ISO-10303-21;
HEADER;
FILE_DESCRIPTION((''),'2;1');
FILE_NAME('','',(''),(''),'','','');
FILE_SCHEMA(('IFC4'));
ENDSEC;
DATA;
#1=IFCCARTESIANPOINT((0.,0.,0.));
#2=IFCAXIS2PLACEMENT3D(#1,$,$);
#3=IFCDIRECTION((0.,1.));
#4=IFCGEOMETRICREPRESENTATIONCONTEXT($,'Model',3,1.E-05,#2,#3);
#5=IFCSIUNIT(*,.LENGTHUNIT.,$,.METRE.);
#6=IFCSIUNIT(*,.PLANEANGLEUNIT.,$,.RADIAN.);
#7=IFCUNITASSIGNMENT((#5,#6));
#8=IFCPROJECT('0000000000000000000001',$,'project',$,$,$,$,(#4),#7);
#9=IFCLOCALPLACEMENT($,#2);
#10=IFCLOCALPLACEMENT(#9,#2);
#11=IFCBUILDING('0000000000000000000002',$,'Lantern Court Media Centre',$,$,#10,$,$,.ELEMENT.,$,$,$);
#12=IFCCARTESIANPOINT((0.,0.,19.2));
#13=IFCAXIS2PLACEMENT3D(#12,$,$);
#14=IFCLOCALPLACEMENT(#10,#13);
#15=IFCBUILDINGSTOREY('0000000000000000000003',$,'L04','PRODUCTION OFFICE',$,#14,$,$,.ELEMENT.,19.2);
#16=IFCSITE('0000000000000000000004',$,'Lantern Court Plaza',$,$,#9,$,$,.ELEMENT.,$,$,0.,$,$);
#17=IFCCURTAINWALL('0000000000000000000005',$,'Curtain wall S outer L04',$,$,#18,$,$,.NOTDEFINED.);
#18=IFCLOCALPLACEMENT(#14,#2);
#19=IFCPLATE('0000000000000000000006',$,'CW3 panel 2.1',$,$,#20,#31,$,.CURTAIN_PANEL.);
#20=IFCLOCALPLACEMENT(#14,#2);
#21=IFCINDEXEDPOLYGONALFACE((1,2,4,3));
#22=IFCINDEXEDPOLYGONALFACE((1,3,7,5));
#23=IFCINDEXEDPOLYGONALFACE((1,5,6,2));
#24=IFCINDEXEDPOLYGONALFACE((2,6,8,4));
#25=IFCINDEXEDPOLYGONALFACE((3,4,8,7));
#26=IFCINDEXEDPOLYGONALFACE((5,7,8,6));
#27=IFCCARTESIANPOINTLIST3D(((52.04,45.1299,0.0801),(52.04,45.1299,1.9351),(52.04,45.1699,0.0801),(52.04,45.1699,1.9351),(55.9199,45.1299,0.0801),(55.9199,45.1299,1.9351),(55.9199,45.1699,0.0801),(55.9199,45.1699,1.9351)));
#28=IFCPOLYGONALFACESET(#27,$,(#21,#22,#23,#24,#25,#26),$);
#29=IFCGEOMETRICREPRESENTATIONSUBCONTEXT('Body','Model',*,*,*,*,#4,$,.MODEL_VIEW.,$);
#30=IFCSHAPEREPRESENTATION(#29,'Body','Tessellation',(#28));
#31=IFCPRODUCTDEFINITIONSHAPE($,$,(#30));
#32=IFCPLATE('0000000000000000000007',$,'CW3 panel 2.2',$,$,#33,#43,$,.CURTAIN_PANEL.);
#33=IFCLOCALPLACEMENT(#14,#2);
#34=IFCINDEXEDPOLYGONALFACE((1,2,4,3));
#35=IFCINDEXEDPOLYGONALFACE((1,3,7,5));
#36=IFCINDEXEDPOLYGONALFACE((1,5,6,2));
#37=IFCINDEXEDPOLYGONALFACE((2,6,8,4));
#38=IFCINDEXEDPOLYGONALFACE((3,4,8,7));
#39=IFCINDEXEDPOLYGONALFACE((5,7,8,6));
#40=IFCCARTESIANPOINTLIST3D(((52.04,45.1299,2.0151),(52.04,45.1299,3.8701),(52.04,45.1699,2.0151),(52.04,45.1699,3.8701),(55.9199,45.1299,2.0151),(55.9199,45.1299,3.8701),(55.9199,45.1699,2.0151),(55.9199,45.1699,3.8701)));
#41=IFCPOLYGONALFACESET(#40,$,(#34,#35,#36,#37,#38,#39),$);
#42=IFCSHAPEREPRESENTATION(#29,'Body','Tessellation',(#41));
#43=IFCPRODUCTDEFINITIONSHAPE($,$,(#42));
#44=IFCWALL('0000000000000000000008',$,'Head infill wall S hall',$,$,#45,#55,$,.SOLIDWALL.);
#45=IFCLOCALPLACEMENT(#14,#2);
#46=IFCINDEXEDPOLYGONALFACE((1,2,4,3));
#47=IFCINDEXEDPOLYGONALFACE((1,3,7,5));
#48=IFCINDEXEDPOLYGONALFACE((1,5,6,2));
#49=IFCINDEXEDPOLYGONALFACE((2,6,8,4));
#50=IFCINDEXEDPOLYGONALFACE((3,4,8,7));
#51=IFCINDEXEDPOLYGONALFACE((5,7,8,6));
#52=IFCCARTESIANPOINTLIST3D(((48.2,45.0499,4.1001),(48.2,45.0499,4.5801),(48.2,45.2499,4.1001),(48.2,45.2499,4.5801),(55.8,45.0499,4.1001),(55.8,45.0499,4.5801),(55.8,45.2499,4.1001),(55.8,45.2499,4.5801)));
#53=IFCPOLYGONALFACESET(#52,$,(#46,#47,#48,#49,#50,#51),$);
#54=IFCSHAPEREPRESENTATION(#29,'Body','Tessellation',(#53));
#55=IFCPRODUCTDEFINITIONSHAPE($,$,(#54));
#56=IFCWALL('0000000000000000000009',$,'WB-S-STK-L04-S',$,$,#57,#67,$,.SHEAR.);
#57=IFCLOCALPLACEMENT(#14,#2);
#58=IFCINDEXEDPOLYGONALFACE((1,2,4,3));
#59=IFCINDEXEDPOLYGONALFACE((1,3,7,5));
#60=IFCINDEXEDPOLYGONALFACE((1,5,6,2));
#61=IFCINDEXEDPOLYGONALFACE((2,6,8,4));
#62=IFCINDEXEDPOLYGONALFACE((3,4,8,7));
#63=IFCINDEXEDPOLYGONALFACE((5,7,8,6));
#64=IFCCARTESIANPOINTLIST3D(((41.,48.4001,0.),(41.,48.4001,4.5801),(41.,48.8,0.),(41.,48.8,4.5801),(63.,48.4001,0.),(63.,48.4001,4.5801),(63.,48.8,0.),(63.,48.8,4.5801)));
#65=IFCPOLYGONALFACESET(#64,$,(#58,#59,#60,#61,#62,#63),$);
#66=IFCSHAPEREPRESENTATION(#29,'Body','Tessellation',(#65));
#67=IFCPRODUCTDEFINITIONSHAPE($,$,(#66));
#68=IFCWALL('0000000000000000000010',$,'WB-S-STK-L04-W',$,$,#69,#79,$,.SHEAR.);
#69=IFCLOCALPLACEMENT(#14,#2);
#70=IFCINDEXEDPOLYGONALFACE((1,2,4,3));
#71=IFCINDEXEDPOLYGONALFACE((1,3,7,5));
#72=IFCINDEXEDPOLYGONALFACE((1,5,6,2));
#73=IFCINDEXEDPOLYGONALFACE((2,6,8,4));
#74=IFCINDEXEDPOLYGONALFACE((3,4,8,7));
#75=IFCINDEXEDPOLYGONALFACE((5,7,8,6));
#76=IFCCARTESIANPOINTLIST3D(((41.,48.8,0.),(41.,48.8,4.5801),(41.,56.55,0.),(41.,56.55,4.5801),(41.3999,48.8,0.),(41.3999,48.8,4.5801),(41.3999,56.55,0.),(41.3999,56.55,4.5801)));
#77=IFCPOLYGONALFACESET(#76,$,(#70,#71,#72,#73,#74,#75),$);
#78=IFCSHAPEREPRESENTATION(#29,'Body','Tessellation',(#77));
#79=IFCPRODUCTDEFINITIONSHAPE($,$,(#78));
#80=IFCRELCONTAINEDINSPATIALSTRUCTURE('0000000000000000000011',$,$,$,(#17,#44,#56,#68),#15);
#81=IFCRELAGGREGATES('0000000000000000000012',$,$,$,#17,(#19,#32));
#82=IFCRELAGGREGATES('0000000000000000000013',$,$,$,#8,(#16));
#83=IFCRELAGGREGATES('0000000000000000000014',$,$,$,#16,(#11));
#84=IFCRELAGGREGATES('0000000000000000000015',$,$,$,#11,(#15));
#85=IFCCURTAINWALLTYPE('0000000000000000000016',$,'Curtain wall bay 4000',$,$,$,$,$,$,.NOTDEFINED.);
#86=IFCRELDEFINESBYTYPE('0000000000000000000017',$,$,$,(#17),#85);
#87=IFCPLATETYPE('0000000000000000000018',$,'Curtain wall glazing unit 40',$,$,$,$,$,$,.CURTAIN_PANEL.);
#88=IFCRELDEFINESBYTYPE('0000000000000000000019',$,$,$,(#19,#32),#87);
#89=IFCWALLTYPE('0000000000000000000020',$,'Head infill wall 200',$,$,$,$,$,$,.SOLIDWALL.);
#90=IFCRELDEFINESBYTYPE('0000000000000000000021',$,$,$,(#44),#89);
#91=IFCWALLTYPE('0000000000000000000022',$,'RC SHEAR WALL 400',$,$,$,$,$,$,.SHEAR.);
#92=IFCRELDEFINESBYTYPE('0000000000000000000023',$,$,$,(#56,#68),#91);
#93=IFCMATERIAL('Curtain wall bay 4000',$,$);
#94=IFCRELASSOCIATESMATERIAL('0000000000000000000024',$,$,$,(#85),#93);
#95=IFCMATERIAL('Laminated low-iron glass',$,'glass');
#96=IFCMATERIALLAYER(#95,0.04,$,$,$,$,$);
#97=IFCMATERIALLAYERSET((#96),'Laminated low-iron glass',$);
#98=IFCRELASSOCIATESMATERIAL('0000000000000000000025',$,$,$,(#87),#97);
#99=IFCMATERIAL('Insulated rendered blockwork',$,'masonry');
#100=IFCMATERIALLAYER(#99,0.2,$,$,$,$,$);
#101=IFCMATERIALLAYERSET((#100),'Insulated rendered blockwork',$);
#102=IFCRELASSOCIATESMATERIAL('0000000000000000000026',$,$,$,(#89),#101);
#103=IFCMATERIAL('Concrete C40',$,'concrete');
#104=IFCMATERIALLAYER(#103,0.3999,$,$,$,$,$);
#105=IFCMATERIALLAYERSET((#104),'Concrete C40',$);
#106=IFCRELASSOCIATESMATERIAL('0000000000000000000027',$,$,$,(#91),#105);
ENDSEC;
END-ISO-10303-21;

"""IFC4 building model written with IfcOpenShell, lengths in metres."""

from ifc_helpers import new_model, si_unit, direction, frame, frame_2d, origin, origin_2d, place, context, subcontext, project, spatial, rectangle, extrude, material, layer, layer_set, type_object, element, aggregate, save


model = new_model("IFC4")

# Units and contexts
model_context = context("Model", 3, precision=1e-05, world=origin(), true_north=direction((0.0, 1.0)))
body_context = subcontext(model_context, "Body", "Model", "MODEL_VIEW")
ifc_project = project(units=[si_unit("LENGTHUNIT", "METRE"), si_unit("PLANEANGLEUNIT", "RADIAN")], contexts=[model_context])

# Site, building, storey
site_placement = place(None, origin())
site = spatial("IfcSite", under=ifc_project, at=site_placement, Name="Lantern Court Plaza", CompositionType="ELEMENT", RefElevation=0.0)
building_placement = place(site_placement, origin())
building = spatial("IfcBuilding", under=site, at=building_placement, Name="Lantern Court Media Centre", CompositionType="ELEMENT")
storey_placement = place(building_placement, frame((0.0, 0.0, 19.2)))
storey = spatial("IfcBuildingStorey", under=building, at=storey_placement, Name="L04", Description="PRODUCTION OFFICE", CompositionType="ELEMENT", Elevation=19.2)

# Curtain wall
ifc_material_1 = material(Name="Curtain wall bay 4000")
curtain_wall_type = type_object("IfcCurtainWallType", Name="Curtain wall bay 4000", PredefinedType="NOTDEFINED", material=ifc_material_1)
curtain_wall_1_placement = place(storey_placement, origin())
curtain_wall_1 = element("IfcCurtainWall", 1, at=curtain_wall_1_placement, inside=storey, type_object=curtain_wall_type, Name="Curtain wall S outer L04", PredefinedType="NOTDEFINED")

# Plates
ifc_material_2 = material(Name="Laminated low-iron glass", Category="glass")
ifc_layer_1 = layer(ifc_material_2, 0.04)
ifc_layer_set_1 = layer_set([ifc_layer_1], Name="Laminated low-iron glass")
plate_type = type_object("IfcPlateType", Name="Curtain wall glazing unit 40", PredefinedType="CURTAIN_PANEL", material=ifc_layer_set_1)
plate_1_placement = place(storey_placement, frame((53.98, 45.1499, 0.0801), z_axis=(0.0, 0.0, 1.0), x_axis=(1.0, 0.0, 0.0)))
plate_1 = element("IfcPlate", 2, at=plate_1_placement, type_object=plate_type, Name="CW3 panel 2.1", PredefinedType="CURTAIN_PANEL", context=body_context, shape_type="SweptSolid", body=[
    extrude(rectangle(XDim=3.8799, YDim=0.04, at=origin_2d()), origin(), (0.0, 0.0, 1.0), 1.855),
])
plate_2_placement = place(storey_placement, frame((53.98, 45.1499, 2.0151), z_axis=(0.0, 0.0, 1.0), x_axis=(1.0, 0.0, 0.0)))
plate_2 = element("IfcPlate", 3, at=plate_2_placement, type_object=plate_type, Name="CW3 panel 2.2", PredefinedType="CURTAIN_PANEL", context=body_context, shape_type="SweptSolid", body=[
    extrude(rectangle(XDim=3.8799, YDim=0.04, at=origin_2d()), origin(), (0.0, 0.0, 1.0), 1.855),
])
aggregate(curtain_wall_1, [plate_1, plate_2])

# Walls
ifc_material_3 = material(Name="Insulated rendered blockwork", Category="masonry")
ifc_layer_2 = layer(ifc_material_3, 0.2)
ifc_layer_set_2 = layer_set([ifc_layer_2], Name="Insulated rendered blockwork")
wall_type_1 = type_object("IfcWallType", Name="Head infill wall 200", PredefinedType="SOLIDWALL", material=ifc_layer_set_2)
wall_1_placement = place(storey_placement, frame((48.2, 45.1499, 4.1001), z_axis=(0.0, 0.0, 1.0), x_axis=(1.0, 0.0, 0.0)))
element("IfcWall", 4, at=wall_1_placement, inside=storey, type_object=wall_type_1, Name="Head infill wall S hall", PredefinedType="SOLIDWALL", context=body_context, shape_type="SweptSolid", body=[
    extrude(rectangle(XDim=7.6001, YDim=0.2, at=frame_2d((3.8, 0.0))), origin(), (0.0, 0.0, 1.0), 0.48),
])
ifc_material_4 = material(Name="Concrete C40", Category="concrete")
ifc_layer_3 = layer(ifc_material_4, 0.3999)
ifc_layer_set_3 = layer_set([ifc_layer_3], Name="Concrete C40")
wall_type_2 = type_object("IfcWallType", Name="RC SHEAR WALL 400", PredefinedType="SHEAR", material=ifc_layer_set_3)
wall_2_placement = place(storey_placement, frame((41.0, 48.6001, 0.0), z_axis=(0.0, 0.0, 1.0), x_axis=(1.0, 0.0, 0.0)))
element("IfcWall", 5, at=wall_2_placement, inside=storey, type_object=wall_type_2, Name="WB-S-STK-L04-S", PredefinedType="SHEAR", context=body_context, shape_type="SweptSolid", body=[
    extrude(rectangle(XDim=22.0, YDim=0.3999, at=frame_2d((11.0, 0.0))), origin(), (0.0, 0.0, 1.0), 4.5801),
])
wall_3_placement = place(storey_placement, frame((41.2, 48.8, 0.0), z_axis=(0.0, 0.0, 1.0), x_axis=(0.0, 1.0, 0.0)))
element("IfcWall", 6, at=wall_3_placement, inside=storey, type_object=wall_type_2, Name="WB-S-STK-L04-W", PredefinedType="SHEAR", context=body_context, shape_type="SweptSolid", body=[
    extrude(rectangle(XDim=7.75, YDim=0.3999, at=frame_2d((3.875, 0.0))), origin(), (0.0, 0.0, 1.0), 4.5801),
])

save(model, "model.ifc")
